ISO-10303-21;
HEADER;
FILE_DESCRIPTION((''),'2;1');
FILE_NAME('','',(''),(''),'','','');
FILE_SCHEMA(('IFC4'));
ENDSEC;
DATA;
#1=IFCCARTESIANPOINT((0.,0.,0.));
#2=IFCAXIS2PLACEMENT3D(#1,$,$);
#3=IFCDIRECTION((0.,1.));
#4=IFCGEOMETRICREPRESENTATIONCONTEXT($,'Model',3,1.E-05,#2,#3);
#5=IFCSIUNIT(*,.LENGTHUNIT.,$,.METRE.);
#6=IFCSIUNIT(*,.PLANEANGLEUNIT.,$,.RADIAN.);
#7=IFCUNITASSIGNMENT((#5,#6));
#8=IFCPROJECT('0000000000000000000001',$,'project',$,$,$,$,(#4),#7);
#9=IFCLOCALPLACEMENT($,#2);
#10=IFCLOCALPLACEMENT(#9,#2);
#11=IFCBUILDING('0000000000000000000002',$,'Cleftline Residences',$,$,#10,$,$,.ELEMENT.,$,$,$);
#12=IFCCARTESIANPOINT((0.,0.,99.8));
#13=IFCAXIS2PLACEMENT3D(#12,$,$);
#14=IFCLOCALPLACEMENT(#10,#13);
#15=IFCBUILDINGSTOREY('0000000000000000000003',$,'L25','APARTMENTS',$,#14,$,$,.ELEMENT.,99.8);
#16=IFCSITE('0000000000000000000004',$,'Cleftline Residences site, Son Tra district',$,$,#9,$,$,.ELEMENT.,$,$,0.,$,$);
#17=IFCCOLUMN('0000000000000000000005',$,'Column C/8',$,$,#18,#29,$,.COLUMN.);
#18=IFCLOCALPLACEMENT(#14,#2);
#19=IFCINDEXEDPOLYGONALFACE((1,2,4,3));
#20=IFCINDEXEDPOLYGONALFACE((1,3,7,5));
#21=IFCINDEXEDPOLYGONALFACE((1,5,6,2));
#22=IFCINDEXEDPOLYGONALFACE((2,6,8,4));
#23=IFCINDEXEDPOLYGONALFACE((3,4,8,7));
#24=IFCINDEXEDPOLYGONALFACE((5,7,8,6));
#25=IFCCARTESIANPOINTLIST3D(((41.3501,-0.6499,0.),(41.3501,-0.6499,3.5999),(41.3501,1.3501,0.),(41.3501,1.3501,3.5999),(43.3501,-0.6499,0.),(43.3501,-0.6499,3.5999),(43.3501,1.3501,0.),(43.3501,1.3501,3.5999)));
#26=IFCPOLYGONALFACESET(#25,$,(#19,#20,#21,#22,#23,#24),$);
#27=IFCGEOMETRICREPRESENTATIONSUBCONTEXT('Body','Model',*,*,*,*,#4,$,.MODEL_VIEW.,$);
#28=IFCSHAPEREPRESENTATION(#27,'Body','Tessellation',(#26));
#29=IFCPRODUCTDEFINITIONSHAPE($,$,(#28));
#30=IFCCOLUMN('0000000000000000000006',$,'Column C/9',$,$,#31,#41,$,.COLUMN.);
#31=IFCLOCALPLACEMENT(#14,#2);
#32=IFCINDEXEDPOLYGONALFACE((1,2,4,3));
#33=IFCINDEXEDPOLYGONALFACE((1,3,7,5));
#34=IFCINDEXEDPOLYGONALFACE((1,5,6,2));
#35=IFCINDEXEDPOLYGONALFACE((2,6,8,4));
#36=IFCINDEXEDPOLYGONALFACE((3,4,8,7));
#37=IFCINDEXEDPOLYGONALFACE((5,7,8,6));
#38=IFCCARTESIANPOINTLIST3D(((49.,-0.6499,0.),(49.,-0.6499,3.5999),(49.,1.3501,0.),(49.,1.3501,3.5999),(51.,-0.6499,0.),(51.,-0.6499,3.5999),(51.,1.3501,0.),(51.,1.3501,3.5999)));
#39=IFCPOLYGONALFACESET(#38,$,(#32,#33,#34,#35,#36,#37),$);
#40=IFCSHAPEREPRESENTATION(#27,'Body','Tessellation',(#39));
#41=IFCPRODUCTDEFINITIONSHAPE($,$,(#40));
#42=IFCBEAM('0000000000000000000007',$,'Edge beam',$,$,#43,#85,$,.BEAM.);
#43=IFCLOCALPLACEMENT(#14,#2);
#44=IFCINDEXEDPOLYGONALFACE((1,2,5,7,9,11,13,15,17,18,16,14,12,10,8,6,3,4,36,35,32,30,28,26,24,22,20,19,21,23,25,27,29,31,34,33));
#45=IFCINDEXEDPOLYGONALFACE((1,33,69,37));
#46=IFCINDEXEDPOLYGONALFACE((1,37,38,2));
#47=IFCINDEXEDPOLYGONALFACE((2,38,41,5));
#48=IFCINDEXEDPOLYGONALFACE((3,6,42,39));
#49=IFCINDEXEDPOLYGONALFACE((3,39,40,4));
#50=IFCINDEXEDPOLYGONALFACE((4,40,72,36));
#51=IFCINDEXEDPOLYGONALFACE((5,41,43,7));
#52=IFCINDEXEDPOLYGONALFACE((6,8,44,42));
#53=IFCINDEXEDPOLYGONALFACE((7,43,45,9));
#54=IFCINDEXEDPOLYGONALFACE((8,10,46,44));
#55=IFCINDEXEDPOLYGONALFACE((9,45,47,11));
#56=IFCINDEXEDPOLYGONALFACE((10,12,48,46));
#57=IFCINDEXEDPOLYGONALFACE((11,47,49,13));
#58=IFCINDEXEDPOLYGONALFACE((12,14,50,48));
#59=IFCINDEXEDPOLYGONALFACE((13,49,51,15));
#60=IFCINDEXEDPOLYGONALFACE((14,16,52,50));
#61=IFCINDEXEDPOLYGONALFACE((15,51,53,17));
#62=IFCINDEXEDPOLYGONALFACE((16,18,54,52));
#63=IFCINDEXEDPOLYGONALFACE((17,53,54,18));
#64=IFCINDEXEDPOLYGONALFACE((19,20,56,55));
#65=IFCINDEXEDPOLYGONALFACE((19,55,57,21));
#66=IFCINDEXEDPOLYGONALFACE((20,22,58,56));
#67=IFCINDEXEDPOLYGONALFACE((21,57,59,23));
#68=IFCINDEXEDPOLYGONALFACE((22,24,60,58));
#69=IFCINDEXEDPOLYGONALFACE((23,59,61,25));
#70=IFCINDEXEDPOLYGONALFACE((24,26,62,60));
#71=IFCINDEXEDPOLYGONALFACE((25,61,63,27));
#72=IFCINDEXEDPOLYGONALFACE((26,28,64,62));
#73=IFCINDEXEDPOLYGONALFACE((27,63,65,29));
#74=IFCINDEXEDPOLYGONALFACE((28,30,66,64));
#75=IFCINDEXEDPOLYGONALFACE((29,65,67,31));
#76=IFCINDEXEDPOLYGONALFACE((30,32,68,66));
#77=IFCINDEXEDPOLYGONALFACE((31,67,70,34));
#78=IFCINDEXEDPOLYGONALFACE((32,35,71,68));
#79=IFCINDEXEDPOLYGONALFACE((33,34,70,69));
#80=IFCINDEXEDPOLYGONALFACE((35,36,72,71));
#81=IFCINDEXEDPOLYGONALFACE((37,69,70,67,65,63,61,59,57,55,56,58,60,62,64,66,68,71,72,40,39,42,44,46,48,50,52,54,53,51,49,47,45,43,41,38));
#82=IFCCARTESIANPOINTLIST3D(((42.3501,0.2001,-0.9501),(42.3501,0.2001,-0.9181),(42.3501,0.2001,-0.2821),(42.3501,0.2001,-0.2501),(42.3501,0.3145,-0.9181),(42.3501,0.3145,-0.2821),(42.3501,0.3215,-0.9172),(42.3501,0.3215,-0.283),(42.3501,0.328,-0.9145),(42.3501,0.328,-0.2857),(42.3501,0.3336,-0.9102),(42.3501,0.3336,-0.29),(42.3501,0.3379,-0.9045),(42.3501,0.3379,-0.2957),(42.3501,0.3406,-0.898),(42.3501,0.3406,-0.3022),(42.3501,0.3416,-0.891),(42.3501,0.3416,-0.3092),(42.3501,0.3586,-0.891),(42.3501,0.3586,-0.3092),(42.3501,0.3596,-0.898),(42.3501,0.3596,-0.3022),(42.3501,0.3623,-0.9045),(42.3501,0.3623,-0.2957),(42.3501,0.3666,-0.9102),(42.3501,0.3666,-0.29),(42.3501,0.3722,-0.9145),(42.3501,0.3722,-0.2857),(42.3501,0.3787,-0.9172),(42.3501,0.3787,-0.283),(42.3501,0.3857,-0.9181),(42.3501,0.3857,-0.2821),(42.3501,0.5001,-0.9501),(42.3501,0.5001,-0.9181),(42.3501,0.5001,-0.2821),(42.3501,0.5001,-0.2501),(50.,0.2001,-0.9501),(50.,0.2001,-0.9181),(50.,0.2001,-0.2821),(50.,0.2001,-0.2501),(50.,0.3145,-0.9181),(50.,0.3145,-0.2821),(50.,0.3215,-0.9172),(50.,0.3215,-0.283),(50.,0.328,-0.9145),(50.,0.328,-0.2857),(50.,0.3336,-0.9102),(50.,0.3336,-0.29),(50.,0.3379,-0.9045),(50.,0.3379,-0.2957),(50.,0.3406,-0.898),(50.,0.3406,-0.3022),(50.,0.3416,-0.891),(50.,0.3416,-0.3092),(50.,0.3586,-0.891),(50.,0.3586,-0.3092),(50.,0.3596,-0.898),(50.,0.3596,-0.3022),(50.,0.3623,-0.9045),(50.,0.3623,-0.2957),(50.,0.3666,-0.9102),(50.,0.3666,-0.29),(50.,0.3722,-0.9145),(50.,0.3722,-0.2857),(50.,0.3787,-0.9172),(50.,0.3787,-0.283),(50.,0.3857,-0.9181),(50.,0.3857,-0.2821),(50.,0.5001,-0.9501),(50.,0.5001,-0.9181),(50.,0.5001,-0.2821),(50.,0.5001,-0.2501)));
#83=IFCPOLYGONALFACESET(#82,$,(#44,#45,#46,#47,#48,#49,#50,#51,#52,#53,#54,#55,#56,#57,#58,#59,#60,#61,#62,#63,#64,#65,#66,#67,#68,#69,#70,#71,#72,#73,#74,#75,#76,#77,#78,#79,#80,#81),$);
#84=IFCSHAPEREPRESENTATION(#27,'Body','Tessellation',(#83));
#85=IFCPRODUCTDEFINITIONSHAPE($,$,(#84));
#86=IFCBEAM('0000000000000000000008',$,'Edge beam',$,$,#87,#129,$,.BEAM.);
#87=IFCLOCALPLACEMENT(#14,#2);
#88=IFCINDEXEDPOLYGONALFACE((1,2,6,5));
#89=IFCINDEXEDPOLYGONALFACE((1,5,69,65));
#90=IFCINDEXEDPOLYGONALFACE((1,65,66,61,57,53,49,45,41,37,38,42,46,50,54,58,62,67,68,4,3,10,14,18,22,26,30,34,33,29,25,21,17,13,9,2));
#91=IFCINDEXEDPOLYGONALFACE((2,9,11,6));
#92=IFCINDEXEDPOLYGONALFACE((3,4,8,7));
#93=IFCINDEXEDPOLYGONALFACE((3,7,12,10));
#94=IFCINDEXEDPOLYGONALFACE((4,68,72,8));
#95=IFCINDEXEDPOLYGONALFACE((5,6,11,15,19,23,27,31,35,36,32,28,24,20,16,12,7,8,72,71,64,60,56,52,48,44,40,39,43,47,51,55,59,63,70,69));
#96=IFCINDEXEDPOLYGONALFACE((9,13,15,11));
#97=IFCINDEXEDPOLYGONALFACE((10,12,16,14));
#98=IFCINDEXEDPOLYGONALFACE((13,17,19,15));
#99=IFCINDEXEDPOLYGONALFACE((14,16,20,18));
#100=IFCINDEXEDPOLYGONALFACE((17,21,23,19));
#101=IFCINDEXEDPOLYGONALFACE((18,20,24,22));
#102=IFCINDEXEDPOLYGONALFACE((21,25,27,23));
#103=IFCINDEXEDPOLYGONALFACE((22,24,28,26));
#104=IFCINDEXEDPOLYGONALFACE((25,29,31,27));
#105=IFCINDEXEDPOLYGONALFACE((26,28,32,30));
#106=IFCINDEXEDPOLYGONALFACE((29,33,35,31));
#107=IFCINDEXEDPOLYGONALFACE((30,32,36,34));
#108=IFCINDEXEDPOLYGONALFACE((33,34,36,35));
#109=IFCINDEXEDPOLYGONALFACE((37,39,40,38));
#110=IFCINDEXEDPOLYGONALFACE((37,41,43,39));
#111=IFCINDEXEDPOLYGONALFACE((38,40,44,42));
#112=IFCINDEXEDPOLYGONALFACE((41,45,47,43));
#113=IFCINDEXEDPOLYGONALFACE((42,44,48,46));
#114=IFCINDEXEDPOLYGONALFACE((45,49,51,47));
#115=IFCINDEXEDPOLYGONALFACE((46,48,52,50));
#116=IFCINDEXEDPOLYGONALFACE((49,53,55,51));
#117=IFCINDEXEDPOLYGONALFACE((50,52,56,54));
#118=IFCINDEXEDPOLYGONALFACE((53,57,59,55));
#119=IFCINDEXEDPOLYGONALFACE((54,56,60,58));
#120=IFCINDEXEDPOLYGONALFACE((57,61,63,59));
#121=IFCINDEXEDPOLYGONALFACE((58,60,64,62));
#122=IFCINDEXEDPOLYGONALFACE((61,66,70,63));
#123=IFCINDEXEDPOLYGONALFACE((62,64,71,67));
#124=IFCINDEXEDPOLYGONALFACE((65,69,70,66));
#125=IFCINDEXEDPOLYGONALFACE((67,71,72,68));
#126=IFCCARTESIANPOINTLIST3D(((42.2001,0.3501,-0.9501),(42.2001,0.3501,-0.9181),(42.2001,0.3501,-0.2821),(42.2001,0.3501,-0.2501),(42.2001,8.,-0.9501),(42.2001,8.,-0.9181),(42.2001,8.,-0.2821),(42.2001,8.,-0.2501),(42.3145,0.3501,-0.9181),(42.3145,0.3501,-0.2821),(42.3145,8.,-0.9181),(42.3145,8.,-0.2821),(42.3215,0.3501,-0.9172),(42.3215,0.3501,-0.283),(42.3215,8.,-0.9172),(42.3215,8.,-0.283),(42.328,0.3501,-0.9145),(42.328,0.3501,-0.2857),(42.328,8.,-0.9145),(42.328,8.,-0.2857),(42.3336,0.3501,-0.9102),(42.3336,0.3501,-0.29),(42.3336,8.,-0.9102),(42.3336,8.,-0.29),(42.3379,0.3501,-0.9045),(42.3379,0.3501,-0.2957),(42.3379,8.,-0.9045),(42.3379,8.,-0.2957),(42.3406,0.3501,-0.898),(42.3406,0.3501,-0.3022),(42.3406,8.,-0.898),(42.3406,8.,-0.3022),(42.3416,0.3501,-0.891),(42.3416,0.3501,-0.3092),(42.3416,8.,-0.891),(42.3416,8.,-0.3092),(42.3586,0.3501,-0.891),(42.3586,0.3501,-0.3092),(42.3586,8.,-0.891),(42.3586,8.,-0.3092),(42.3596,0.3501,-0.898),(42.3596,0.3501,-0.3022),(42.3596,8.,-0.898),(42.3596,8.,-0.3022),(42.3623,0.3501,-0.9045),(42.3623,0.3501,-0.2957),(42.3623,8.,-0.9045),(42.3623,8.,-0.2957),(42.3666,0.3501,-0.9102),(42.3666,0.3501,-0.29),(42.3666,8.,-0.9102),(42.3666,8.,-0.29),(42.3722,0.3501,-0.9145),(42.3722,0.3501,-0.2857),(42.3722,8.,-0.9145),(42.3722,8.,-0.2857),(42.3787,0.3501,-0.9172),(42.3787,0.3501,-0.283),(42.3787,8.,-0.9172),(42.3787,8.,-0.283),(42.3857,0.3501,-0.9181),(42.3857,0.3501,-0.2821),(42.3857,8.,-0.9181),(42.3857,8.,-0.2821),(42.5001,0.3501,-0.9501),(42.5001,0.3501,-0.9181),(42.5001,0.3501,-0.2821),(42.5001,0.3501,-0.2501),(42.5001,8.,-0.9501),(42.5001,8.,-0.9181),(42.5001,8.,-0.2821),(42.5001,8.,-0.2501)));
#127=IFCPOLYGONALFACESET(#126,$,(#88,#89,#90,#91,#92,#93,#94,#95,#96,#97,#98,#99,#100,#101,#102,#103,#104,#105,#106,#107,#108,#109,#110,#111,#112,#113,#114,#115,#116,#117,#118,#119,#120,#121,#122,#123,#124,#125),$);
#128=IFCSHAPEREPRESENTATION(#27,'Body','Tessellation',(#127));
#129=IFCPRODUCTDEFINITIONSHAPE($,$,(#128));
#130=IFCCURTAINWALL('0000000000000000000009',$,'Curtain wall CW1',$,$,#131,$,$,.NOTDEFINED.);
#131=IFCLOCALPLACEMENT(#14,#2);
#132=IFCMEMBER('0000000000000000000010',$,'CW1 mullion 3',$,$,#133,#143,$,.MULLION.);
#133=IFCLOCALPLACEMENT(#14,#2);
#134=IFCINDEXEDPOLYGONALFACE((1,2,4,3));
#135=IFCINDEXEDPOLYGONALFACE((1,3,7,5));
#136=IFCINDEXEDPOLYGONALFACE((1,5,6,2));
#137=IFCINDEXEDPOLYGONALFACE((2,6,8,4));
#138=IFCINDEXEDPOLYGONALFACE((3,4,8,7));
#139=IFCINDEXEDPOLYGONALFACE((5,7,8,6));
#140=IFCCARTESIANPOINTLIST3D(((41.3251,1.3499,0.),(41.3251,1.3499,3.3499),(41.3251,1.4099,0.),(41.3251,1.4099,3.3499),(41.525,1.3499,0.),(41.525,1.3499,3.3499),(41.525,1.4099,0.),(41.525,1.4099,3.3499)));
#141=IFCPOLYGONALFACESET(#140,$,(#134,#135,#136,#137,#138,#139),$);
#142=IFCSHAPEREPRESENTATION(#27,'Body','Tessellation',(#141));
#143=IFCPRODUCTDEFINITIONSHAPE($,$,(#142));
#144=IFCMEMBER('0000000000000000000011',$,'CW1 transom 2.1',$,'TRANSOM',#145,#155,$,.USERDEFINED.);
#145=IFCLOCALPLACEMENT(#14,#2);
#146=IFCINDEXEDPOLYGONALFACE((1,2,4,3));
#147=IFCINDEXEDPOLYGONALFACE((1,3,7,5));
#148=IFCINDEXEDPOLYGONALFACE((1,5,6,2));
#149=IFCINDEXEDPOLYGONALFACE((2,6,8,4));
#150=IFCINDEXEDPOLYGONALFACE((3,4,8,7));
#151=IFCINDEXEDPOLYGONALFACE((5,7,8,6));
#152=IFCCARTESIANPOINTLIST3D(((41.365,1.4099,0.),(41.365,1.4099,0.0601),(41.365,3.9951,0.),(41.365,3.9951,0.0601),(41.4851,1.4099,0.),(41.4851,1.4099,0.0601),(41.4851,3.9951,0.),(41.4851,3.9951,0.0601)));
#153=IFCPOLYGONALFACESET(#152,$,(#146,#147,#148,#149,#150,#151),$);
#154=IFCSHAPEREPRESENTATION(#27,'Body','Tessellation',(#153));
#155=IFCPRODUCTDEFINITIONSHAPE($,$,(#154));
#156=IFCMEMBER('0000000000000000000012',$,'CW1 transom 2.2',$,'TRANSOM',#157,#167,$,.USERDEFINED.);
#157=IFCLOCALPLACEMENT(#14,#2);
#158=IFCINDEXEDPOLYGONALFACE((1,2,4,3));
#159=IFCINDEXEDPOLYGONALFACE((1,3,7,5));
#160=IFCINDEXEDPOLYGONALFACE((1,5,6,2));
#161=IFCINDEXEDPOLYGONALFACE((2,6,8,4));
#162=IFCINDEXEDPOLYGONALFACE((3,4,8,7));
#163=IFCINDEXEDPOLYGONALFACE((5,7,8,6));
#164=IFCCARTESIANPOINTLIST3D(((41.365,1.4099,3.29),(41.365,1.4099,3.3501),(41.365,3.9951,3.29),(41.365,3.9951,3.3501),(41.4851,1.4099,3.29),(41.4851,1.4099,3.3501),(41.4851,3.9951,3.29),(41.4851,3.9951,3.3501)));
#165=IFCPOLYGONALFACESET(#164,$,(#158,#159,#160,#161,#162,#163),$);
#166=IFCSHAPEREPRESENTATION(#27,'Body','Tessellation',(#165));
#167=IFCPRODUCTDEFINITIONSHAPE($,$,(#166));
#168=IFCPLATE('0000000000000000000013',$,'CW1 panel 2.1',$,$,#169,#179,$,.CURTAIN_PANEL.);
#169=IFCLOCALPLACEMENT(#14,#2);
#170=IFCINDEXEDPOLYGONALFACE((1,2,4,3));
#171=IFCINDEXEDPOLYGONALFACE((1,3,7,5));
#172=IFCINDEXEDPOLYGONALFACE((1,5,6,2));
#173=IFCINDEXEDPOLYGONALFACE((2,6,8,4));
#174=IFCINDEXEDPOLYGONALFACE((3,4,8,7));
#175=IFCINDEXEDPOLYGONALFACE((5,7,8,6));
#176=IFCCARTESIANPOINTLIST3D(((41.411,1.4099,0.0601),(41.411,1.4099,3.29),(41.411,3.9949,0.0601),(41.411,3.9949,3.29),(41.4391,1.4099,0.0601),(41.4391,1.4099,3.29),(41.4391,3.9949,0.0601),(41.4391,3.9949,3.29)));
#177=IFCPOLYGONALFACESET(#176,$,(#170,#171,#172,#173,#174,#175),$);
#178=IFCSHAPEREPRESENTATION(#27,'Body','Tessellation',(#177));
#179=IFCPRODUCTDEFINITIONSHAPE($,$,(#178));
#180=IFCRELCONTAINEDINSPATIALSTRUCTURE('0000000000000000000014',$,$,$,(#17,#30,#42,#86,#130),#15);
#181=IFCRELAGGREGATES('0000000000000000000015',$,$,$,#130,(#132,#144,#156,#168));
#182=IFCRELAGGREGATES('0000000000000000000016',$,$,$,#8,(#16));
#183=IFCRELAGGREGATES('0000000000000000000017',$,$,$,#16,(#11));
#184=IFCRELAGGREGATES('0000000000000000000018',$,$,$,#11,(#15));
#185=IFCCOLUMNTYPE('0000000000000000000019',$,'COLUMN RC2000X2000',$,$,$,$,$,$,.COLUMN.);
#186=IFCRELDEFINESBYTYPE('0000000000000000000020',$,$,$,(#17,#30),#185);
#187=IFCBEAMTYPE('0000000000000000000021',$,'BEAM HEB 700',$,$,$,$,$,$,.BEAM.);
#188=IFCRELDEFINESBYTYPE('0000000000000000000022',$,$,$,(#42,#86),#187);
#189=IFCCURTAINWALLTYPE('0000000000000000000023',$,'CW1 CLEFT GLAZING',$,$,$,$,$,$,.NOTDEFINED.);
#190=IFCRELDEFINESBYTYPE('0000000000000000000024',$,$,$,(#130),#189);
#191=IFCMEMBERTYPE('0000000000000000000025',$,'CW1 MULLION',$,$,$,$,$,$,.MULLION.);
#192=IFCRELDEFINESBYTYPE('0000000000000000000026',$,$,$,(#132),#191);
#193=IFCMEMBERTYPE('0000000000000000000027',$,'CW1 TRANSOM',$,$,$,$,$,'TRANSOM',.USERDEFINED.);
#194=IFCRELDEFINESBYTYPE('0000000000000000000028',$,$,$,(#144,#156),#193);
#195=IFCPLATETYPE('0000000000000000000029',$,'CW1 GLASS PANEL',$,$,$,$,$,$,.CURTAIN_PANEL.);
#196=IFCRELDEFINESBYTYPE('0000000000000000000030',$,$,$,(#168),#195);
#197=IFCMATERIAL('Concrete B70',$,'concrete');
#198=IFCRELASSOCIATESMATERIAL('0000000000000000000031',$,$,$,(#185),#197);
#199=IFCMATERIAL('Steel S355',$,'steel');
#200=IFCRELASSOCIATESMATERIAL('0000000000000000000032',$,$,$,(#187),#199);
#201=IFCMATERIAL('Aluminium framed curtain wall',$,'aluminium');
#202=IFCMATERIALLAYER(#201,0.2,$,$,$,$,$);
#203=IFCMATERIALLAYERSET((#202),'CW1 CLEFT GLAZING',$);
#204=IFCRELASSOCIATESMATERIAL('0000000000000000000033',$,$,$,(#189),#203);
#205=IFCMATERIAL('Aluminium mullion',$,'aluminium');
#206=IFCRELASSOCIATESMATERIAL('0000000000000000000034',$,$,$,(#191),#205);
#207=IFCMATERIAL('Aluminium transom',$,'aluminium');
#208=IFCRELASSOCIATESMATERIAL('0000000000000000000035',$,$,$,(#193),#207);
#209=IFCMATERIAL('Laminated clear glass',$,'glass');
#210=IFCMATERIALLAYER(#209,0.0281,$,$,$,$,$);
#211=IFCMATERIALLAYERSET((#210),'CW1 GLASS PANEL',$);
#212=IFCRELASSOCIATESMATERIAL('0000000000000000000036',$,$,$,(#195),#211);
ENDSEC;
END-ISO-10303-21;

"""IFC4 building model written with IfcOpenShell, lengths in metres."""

from ifc_helpers import new_model, si_unit, direction, frame, origin, origin_2d, place, context, subcontext, project, spatial, rectangle, i_section, extrude, material, layer, layer_set, material_profile, profile_set, type_object, element, aggregate, save


model = new_model("IFC4")

# Units and contexts
model_context = context("Model", 3, precision=1e-05, world=origin(), true_north=direction((0.0, 1.0)))
body_context = subcontext(model_context, "Body", "Model", "MODEL_VIEW")
ifc_project = project(units=[si_unit("LENGTHUNIT", "METRE"), si_unit("PLANEANGLEUNIT", "RADIAN")], contexts=[model_context])

# Site, building, storey
site_placement = place(None, origin())
site = spatial("IfcSite", under=ifc_project, at=site_placement, Name="Cleftline Residences site, Son Tra district", CompositionType="ELEMENT", RefElevation=0.0)
building_placement = place(site_placement, origin())
building = spatial("IfcBuilding", under=site, at=building_placement, Name="Cleftline Residences", CompositionType="ELEMENT")
storey_placement = place(building_placement, frame((0.0, 0.0, 99.8)))
storey = spatial("IfcBuildingStorey", under=building, at=storey_placement, Name="L25", Description="APARTMENTS", CompositionType="ELEMENT", Elevation=99.8)

# Columns
ifc_material_1 = material(Name="Concrete B70", Category="concrete")
ifc_material_profile_1 = material_profile(ifc_material_1, rectangle(XDim=2.0, YDim=2.0, at=origin_2d()))
ifc_profile_set_1 = profile_set([ifc_material_profile_1], Name="Concrete B70")
column_type = type_object("IfcColumnType", Name="COLUMN RC2000X2000", PredefinedType="COLUMN", material=ifc_profile_set_1)
for number, where, z_axis, x_axis, name in (
    (1, (42.3501, 0.3501, 0.0), (0.0, 0.0, 1.0), (1.0, 0.0, 0.0), "Column C/8"),
    (2, (50.0, 0.3501, 0.0), (0.0, 0.0, 1.0), (1.0, 0.0, 0.0), "Column C/9"),
):
    element("IfcColumn", number, at=place(storey_placement, frame(where, z_axis=z_axis, x_axis=x_axis)), inside=storey, type_object=column_type, Name=name, PredefinedType="COLUMN", context=body_context, shape_type="SweptSolid", body=[
        extrude(rectangle(XDim=2.0, YDim=2.0, at=origin_2d()), origin(), (0.0, 0.0, 1.0), 3.5999),
    ])

# Beams
ifc_material_2 = material(Name="Steel S355", Category="steel")
ifc_material_profile_2 = material_profile(ifc_material_2, i_section(OverallWidth=0.3, OverallDepth=0.7, WebThickness=0.0171, FlangeThickness=0.032, FilletRadius=0.0271, at=origin_2d()))
ifc_profile_set_2 = profile_set([ifc_material_profile_2], Name="Steel S355")
beam_type = type_object("IfcBeamType", Name="BEAM HEB 700", PredefinedType="BEAM", material=ifc_profile_set_2)
for number, where, z_axis, x_axis, name in (
    (3, (50.0, 0.3501, -0.6001), (-1.0, 0.0, 0.0), (0.0, -1.0, 0.0), "Edge beam"),
    (4, (42.3501, 0.3501, -0.6001), (0.0, 1.0, 0.0), (-1.0, 0.0, 0.0), "Edge beam"),
):
    element("IfcBeam", number, at=place(storey_placement, frame(where, z_axis=z_axis, x_axis=x_axis)), inside=storey, type_object=beam_type, Name=name, PredefinedType="BEAM", context=body_context, shape_type="SweptSolid", body=[
        extrude(i_section(OverallWidth=0.3, OverallDepth=0.7, WebThickness=0.0171, FlangeThickness=0.032, FilletRadius=0.0271, at=origin_2d()), origin(), (0.0, 0.0, 1.0), 7.6499),
    ])

# Curtain wall, members, plate
ifc_material_3 = material(Name="Aluminium framed curtain wall", Category="aluminium")
ifc_layer_1 = layer(ifc_material_3, 0.2)
ifc_layer_set_1 = layer_set([ifc_layer_1], Name="CW1 CLEFT GLAZING")
curtain_wall_type = type_object("IfcCurtainWallType", Name="CW1 CLEFT GLAZING", PredefinedType="NOTDEFINED", material=ifc_layer_set_1)
curtain_wall_placement = place(storey_placement, origin())
curtain_wall = element("IfcCurtainWall", 5, at=curtain_wall_placement, inside=storey, type_object=curtain_wall_type, Name="Curtain wall CW1", PredefinedType="NOTDEFINED")
ifc_material_4 = material(Name="Aluminium mullion", Category="aluminium")
ifc_material_profile_3 = material_profile(ifc_material_4, rectangle(XDim=0.2, YDim=0.0601, at=origin_2d()))
ifc_profile_set_3 = profile_set([ifc_material_profile_3], Name="Aluminium mullion")
member_type_1 = type_object("IfcMemberType", Name="CW1 MULLION", PredefinedType="MULLION", material=ifc_profile_set_3)
member_1_placement = place(storey_placement, frame((41.425, 1.3799, 0.0), z_axis=(0.0, 0.0, 1.0), x_axis=(1.0, 0.0, 0.0)))
member_1 = element("IfcMember", 6, at=member_1_placement, type_object=member_type_1, Name="CW1 mullion 3", PredefinedType="MULLION", context=body_context, shape_type="SweptSolid", body=[
    extrude(rectangle(XDim=0.2, YDim=0.0601, at=origin_2d()), origin(), (0.0, 0.0, 1.0), 3.3499),
])
ifc_material_5 = material(Name="Aluminium transom", Category="aluminium")
ifc_material_profile_4 = material_profile(ifc_material_5, rectangle(XDim=0.1201, YDim=0.0601, at=origin_2d()))
ifc_profile_set_4 = profile_set([ifc_material_profile_4], Name="Aluminium transom")
member_type_2 = type_object("IfcMemberType", Name="CW1 TRANSOM", ElementType="TRANSOM", PredefinedType="USERDEFINED", material=ifc_profile_set_4)
member_2_placement = place(storey_placement, frame((41.425, 3.9951, 0.03), z_axis=(0.0, -1.0, 0.0), x_axis=(1.0, 0.0, 0.0)))
member_2 = element("IfcMember", 7, at=member_2_placement, type_object=member_type_2, Name="CW1 transom 2.1", ObjectType="TRANSOM", PredefinedType="USERDEFINED", context=body_context, shape_type="SweptSolid", body=[
    extrude(rectangle(XDim=0.1201, YDim=0.0601, at=origin_2d()), origin(), (0.0, 0.0, 1.0), 2.5852),
])
member_3_placement = place(storey_placement, frame((41.425, 3.9951, 3.3201), z_axis=(0.0, -1.0, 0.0), x_axis=(1.0, 0.0, 0.0)))
member_3 = element("IfcMember", 8, at=member_3_placement, type_object=member_type_2, Name="CW1 transom 2.2", ObjectType="TRANSOM", PredefinedType="USERDEFINED", context=body_context, shape_type="SweptSolid", body=[
    extrude(rectangle(XDim=0.1201, YDim=0.0601, at=origin_2d()), origin(), (0.0, 0.0, 1.0), 2.5852),
])
ifc_material_6 = material(Name="Laminated clear glass", Category="glass")
ifc_layer_2 = layer(ifc_material_6, 0.0281)
ifc_layer_set_2 = layer_set([ifc_layer_2], Name="CW1 GLASS PANEL")
plate_type = type_object("IfcPlateType", Name="CW1 GLASS PANEL", PredefinedType="CURTAIN_PANEL", material=ifc_layer_set_2)
plate_placement = place(storey_placement, frame((41.425, 2.7024, 0.0601), z_axis=(0.0, 0.0, 1.0), x_axis=(0.0, -1.0, 0.0)))
plate = element("IfcPlate", 9, at=plate_placement, type_object=plate_type, Name="CW1 panel 2.1", PredefinedType="CURTAIN_PANEL", context=body_context, shape_type="SweptSolid", body=[
    extrude(rectangle(XDim=2.585, YDim=0.0281, at=origin_2d()), origin(), (0.0, 0.0, 1.0), 3.23),
])
aggregate(curtain_wall, [member_1, member_2, member_3, plate])

save(model, "model.ifc")
